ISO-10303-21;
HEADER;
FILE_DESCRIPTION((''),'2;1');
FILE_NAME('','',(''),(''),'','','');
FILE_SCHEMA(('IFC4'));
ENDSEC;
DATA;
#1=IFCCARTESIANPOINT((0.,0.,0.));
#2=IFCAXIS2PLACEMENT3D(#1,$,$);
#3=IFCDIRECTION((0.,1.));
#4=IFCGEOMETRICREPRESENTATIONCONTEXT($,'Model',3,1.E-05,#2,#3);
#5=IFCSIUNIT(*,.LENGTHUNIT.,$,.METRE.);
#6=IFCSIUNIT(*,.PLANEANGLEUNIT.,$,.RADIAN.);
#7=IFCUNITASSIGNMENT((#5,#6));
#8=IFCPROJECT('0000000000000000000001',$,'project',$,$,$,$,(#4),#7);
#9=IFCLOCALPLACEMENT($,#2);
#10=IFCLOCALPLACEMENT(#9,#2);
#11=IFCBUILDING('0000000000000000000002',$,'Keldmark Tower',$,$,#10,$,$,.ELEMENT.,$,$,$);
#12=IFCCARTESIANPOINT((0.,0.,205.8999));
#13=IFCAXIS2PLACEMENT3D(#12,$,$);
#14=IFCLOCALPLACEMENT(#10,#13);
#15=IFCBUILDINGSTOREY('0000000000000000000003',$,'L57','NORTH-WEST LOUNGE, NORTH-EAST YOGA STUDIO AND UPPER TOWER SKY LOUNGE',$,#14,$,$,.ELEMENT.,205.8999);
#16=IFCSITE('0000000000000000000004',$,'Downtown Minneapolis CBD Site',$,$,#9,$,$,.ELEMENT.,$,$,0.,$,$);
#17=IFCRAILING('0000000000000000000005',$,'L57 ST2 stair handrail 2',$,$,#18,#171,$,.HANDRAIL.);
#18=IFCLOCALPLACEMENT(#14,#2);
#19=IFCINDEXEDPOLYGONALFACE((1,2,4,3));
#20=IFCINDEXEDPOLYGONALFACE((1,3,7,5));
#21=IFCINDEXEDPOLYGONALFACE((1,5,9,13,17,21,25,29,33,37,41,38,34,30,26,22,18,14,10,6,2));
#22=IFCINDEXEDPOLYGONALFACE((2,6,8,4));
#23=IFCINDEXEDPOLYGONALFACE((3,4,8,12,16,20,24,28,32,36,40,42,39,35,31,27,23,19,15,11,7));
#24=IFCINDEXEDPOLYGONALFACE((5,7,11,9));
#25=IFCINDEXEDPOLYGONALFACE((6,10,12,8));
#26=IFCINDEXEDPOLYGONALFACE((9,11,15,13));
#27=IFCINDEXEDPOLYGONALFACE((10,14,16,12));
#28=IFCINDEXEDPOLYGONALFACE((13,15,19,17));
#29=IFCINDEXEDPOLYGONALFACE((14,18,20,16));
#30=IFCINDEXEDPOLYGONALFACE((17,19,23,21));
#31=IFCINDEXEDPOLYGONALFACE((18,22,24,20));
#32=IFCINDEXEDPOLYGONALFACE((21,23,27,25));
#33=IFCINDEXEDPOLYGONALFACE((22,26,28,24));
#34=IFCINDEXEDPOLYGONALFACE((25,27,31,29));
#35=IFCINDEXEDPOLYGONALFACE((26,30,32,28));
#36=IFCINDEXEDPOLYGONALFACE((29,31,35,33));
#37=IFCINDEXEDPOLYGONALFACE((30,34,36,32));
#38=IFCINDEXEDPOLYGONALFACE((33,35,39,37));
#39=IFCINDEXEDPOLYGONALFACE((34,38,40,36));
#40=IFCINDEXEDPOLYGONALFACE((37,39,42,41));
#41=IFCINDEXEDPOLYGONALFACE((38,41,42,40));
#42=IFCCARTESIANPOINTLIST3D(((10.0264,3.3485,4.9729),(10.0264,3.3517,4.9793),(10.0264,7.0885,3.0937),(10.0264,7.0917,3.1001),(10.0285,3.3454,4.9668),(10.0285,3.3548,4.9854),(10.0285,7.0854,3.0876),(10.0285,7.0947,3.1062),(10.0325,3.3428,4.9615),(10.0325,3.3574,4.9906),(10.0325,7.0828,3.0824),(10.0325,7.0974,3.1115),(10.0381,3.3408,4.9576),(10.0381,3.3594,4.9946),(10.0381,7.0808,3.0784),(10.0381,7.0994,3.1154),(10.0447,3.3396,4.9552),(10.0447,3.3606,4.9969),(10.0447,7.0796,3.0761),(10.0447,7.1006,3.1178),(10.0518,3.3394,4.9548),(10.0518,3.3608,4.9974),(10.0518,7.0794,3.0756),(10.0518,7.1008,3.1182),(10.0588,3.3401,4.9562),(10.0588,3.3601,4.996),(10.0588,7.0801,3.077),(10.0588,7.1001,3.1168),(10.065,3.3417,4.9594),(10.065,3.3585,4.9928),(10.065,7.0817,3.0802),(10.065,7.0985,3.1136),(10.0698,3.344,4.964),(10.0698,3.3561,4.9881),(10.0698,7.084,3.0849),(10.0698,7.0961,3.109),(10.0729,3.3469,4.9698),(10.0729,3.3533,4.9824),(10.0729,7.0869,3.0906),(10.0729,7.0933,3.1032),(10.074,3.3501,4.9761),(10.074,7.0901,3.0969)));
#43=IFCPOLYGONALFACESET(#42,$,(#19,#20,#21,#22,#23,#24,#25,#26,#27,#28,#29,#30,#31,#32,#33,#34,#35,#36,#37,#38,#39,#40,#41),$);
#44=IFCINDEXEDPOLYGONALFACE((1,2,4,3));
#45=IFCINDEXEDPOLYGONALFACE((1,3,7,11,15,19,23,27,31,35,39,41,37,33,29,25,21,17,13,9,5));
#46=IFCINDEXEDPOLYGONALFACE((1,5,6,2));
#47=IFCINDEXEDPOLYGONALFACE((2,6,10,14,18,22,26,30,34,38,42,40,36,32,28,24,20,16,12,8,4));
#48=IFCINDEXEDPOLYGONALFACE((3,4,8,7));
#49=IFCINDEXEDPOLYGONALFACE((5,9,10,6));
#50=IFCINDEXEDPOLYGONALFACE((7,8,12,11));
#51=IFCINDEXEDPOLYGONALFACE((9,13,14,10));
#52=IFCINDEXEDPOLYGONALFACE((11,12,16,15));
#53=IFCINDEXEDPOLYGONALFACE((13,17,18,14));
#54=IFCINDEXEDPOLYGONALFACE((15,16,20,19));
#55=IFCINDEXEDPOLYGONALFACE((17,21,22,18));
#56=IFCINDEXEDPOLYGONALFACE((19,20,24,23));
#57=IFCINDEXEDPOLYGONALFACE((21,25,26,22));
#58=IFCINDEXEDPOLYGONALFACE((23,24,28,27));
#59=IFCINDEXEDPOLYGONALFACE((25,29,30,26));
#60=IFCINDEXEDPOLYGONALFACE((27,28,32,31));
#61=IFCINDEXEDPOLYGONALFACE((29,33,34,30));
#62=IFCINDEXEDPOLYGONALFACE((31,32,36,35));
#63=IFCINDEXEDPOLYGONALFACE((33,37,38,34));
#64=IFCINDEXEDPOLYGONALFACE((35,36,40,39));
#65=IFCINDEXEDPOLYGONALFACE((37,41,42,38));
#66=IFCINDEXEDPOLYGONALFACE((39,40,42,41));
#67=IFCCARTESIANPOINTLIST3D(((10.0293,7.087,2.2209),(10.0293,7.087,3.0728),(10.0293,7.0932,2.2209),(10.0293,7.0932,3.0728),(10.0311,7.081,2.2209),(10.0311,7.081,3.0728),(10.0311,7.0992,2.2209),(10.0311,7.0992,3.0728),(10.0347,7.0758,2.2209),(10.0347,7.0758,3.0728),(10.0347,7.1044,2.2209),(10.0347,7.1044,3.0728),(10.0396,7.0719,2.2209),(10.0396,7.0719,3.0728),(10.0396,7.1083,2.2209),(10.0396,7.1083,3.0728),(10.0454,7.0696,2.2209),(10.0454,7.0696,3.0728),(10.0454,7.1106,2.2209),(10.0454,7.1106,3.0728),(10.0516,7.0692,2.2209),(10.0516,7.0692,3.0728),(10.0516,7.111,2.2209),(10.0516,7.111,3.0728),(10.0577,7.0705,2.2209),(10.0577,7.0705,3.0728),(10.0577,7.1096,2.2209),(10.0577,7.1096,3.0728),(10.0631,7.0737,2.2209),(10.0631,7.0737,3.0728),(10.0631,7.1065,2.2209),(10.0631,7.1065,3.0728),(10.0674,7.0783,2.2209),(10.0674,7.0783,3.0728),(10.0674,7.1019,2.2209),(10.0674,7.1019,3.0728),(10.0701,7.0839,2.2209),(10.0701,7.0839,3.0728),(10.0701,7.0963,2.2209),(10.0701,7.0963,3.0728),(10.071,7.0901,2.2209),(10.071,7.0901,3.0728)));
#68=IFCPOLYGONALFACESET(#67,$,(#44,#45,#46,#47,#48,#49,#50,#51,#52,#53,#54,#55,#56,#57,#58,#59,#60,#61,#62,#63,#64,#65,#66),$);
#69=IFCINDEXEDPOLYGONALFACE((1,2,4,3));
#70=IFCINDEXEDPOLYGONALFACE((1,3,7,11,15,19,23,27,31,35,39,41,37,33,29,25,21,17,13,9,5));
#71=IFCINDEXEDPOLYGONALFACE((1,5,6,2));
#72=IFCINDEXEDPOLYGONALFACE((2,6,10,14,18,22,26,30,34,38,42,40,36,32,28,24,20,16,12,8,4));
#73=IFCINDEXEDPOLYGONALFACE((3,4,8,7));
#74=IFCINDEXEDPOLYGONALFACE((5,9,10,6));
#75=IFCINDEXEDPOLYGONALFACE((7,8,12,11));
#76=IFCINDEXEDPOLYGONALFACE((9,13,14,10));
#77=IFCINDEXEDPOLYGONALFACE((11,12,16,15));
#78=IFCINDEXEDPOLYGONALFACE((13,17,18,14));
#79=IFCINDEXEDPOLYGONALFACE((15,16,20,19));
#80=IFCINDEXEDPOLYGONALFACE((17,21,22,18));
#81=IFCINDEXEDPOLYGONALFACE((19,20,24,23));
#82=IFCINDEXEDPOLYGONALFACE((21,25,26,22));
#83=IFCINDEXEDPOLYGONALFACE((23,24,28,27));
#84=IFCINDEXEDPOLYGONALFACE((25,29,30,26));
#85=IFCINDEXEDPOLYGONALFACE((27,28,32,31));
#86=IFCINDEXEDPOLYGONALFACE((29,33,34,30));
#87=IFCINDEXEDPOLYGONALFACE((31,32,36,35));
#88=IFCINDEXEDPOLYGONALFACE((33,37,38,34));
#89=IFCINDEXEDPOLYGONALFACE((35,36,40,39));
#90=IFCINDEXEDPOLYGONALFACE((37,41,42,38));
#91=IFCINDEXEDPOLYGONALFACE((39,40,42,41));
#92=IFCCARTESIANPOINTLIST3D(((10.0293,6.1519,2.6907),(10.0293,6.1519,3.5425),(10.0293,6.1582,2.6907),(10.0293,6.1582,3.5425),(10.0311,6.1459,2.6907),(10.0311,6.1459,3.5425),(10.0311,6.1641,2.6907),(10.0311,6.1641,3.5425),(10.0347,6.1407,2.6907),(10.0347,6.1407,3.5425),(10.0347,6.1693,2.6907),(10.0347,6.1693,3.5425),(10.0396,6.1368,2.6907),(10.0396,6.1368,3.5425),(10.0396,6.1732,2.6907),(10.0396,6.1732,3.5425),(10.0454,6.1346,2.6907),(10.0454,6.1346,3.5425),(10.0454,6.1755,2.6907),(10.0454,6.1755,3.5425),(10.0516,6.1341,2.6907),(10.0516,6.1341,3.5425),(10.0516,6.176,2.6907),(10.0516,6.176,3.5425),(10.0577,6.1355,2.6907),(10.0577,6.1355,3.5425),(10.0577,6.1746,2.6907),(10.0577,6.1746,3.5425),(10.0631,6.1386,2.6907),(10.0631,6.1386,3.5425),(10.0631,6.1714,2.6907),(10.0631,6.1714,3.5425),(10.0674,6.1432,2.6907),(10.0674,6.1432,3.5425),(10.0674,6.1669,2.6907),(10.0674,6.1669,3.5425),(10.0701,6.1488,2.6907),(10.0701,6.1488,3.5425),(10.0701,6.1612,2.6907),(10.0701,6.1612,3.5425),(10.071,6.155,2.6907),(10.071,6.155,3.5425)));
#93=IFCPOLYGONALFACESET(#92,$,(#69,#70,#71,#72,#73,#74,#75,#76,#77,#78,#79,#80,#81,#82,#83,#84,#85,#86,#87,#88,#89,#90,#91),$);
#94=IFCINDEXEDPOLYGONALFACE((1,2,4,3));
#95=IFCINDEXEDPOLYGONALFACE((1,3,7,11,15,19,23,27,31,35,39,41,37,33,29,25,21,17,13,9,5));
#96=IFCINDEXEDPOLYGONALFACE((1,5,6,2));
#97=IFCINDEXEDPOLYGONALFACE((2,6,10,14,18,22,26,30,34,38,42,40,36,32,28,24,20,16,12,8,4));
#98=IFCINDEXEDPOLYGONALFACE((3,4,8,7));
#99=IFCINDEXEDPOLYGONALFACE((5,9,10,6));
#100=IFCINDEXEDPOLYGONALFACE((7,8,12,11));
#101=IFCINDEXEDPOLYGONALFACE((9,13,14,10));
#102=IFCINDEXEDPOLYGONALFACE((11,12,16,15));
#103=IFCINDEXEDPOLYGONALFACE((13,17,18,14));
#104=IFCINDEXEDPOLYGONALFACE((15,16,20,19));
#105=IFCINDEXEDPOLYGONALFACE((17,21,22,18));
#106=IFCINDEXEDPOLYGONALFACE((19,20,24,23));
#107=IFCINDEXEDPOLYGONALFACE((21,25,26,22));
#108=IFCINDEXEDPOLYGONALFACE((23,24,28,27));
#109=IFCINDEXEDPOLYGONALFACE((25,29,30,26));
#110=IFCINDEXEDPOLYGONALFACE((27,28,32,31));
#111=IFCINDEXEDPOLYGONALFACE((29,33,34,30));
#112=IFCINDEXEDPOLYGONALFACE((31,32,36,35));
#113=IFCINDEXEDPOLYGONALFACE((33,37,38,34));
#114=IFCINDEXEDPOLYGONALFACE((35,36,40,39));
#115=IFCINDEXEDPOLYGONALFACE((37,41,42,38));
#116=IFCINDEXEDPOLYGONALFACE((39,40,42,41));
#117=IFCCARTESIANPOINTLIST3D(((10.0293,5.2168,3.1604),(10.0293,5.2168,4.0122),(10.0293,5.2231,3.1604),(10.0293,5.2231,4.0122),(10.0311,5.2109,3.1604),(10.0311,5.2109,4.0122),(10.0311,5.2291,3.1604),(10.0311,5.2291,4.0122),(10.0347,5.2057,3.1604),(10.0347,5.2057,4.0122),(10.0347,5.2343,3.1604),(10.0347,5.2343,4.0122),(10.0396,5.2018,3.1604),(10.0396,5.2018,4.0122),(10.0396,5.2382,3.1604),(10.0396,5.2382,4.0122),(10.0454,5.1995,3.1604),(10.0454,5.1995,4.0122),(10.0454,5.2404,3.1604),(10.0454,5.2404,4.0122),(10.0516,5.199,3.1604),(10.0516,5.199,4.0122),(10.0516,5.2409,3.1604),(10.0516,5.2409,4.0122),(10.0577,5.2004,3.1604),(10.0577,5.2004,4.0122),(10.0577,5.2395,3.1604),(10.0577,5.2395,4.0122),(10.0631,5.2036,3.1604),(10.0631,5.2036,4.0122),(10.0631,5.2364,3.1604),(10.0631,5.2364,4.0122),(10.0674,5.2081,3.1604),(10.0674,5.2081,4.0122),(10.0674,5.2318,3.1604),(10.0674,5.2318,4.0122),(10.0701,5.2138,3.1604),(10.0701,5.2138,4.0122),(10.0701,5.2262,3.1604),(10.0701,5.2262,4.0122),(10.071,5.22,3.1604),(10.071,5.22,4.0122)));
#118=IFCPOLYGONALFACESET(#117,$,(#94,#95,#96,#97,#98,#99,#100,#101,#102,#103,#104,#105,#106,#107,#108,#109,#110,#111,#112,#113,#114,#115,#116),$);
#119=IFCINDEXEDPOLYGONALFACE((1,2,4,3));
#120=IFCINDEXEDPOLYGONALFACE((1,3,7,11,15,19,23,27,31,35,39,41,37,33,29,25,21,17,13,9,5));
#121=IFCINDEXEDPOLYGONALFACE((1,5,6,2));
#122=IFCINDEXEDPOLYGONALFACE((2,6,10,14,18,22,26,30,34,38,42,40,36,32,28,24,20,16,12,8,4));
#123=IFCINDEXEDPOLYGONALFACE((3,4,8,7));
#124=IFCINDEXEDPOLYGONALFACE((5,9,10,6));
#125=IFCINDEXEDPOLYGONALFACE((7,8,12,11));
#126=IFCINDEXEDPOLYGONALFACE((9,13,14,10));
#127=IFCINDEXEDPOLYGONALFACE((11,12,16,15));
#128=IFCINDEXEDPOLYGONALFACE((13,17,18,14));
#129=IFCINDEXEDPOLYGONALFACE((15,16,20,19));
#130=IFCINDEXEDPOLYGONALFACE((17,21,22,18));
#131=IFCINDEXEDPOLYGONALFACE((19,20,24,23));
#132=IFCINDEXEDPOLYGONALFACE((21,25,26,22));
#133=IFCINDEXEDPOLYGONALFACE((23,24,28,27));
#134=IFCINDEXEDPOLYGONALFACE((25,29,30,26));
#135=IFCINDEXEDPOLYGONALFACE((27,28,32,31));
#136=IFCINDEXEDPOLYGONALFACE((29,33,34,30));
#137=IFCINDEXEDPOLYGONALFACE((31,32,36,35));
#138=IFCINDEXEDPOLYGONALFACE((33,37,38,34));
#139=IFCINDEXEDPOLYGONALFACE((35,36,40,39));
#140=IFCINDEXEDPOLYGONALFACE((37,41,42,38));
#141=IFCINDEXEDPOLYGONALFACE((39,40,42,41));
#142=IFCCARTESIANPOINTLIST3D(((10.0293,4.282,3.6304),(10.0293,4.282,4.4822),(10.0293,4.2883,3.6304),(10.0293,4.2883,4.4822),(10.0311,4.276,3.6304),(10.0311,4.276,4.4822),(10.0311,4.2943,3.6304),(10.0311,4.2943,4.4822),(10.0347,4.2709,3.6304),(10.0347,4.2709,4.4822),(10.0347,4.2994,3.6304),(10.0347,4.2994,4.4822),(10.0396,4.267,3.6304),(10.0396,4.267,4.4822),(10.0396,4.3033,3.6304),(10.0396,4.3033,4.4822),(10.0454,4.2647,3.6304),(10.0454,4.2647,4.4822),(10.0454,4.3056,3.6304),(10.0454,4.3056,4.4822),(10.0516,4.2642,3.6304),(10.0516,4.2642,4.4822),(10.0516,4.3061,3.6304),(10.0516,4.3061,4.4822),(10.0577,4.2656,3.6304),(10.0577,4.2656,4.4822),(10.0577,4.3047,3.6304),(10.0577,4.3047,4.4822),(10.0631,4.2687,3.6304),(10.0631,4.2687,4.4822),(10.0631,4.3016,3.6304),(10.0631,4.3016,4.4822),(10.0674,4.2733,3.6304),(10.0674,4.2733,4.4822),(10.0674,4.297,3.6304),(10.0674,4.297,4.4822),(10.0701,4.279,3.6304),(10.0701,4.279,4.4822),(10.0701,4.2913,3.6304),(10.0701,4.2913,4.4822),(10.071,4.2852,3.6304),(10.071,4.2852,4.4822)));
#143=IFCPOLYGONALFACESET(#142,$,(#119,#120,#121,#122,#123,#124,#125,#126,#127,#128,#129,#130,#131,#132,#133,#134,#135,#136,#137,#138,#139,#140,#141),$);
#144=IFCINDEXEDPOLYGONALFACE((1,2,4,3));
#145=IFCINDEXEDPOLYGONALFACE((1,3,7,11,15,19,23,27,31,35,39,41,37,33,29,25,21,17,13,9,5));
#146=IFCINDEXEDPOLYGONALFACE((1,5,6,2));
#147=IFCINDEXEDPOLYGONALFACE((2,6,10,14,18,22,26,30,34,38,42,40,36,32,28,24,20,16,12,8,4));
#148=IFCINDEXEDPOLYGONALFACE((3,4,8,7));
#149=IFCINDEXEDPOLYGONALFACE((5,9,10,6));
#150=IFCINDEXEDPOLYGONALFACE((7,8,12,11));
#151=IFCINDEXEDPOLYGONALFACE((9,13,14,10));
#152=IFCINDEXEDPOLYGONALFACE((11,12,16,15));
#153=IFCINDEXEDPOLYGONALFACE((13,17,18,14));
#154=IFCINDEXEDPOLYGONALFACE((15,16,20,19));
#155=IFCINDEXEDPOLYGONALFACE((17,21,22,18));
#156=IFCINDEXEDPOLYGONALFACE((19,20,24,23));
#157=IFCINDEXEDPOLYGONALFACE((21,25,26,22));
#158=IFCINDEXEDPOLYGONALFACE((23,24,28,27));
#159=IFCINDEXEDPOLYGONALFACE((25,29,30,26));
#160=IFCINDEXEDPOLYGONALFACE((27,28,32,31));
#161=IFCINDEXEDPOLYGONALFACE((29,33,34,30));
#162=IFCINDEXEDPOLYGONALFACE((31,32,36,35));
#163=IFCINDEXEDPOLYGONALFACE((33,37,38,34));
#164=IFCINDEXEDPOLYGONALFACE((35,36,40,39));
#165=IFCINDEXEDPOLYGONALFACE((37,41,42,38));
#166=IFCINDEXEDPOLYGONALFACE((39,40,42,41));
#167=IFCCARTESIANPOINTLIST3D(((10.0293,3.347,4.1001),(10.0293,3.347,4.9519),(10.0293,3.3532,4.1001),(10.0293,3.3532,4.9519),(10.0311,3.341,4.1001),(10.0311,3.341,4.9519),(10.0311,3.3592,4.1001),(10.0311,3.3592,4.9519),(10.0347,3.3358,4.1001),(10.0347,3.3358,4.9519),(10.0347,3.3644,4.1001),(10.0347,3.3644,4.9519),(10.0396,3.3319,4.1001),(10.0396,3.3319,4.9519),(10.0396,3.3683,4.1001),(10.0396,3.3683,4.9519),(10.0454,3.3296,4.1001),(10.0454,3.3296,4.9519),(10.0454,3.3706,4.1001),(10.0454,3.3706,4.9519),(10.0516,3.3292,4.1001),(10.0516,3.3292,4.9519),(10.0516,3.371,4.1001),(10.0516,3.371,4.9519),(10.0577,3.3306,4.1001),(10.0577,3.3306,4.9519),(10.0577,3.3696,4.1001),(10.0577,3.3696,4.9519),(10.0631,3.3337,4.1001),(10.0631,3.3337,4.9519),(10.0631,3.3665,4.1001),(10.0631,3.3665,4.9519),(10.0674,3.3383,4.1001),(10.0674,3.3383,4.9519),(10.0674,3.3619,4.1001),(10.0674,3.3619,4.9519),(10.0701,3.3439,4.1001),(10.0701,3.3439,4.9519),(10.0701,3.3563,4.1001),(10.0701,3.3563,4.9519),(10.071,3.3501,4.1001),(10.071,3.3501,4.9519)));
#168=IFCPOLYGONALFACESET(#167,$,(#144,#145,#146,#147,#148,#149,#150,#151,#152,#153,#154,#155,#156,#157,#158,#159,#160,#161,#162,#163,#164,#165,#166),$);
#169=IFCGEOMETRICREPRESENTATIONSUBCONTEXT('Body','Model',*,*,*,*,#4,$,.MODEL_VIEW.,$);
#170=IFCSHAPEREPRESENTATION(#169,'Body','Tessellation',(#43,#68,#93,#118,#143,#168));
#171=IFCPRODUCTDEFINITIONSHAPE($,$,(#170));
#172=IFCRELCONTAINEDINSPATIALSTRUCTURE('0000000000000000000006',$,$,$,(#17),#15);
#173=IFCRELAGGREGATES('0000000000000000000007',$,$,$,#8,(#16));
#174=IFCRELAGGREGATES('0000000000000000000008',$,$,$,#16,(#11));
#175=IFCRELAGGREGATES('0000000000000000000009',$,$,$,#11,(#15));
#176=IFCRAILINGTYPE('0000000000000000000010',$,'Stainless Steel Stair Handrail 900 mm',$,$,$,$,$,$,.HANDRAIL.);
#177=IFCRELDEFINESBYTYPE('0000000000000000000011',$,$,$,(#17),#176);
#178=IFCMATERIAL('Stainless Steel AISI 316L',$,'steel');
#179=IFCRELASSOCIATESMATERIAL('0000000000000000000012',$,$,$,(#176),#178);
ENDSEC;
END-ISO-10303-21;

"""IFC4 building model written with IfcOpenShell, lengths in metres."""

from ifc_helpers import new_model, si_unit, direction, frame, origin, origin_2d, place, context, subcontext, project, spatial, circle, extrude, material, type_object, element, save


model = new_model("IFC4")

# Units and contexts
model_context = context("Model", 3, precision=1e-05, world=origin(), true_north=direction((0.0, 1.0)))
body_context = subcontext(model_context, "Body", "Model", "MODEL_VIEW")
ifc_project = project(units=[si_unit("LENGTHUNIT", "METRE"), si_unit("PLANEANGLEUNIT", "RADIAN")], contexts=[model_context])

# Site, building, storey
site_placement = place(None, origin())
site = spatial("IfcSite", under=ifc_project, at=site_placement, Name="Downtown Minneapolis CBD Site", CompositionType="ELEMENT", RefElevation=0.0)
building_placement = place(site_placement, origin())
building = spatial("IfcBuilding", under=site, at=building_placement, Name="Keldmark Tower", CompositionType="ELEMENT")
storey_placement = place(building_placement, frame((0.0, 0.0, 205.8999)))
storey = spatial("IfcBuildingStorey", under=building, at=storey_placement, Name="L57", Description="NORTH-WEST LOUNGE, NORTH-EAST YOGA STUDIO AND UPPER TOWER SKY LOUNGE", CompositionType="ELEMENT", Elevation=205.8999)

# Railing
ifc_material_1 = material(Name="Stainless Steel AISI 316L", Category="steel")
railing_type_1 = type_object("IfcRailingType", Name="Stainless Steel Stair Handrail 900 mm", PredefinedType="HANDRAIL", material=ifc_material_1)
railing_1_placement = place(storey_placement, frame((10.05, 7.0901, 2.2209)))
element("IfcRailing", 1, at=railing_1_placement, inside=storey, type_object=railing_type_1, Name="L57 ST2 stair handrail 2", PredefinedType="HANDRAIL", context=body_context, shape_type="SweptSolid", body=[
    extrude(circle(Radius=0.0239, at=origin_2d()), frame((0.0, 0.0, 0.876), z_axis=(0.0, -0.893551, 0.448963), x_axis=(1.0, 0.0, 0.0)), (0.0, 0.0, 1.0), 4.1855),
    extrude(circle(Radius=0.021, at=origin_2d()), origin(), (0.0, 0.0, 1.0), 0.8518),
    extrude(circle(Radius=0.021, at=origin_2d()), frame((0.0, -0.9351, 0.4697)), (0.0, 0.0, 1.0), 0.8518),
    extrude(circle(Radius=0.021, at=origin_2d()), frame((0.0, -1.8701, 0.9395)), (0.0, 0.0, 1.0), 0.8518),
    extrude(circle(Radius=0.021, at=origin_2d()), frame((0.0, -2.8049, 1.4094)), (0.0, 0.0, 1.0), 0.8518),
    extrude(circle(Radius=0.021, at=origin_2d()), frame((0.0, -3.74, 1.8792)), (0.0, 0.0, 1.0), 0.8518),
])

save(model, "model.ifc")
